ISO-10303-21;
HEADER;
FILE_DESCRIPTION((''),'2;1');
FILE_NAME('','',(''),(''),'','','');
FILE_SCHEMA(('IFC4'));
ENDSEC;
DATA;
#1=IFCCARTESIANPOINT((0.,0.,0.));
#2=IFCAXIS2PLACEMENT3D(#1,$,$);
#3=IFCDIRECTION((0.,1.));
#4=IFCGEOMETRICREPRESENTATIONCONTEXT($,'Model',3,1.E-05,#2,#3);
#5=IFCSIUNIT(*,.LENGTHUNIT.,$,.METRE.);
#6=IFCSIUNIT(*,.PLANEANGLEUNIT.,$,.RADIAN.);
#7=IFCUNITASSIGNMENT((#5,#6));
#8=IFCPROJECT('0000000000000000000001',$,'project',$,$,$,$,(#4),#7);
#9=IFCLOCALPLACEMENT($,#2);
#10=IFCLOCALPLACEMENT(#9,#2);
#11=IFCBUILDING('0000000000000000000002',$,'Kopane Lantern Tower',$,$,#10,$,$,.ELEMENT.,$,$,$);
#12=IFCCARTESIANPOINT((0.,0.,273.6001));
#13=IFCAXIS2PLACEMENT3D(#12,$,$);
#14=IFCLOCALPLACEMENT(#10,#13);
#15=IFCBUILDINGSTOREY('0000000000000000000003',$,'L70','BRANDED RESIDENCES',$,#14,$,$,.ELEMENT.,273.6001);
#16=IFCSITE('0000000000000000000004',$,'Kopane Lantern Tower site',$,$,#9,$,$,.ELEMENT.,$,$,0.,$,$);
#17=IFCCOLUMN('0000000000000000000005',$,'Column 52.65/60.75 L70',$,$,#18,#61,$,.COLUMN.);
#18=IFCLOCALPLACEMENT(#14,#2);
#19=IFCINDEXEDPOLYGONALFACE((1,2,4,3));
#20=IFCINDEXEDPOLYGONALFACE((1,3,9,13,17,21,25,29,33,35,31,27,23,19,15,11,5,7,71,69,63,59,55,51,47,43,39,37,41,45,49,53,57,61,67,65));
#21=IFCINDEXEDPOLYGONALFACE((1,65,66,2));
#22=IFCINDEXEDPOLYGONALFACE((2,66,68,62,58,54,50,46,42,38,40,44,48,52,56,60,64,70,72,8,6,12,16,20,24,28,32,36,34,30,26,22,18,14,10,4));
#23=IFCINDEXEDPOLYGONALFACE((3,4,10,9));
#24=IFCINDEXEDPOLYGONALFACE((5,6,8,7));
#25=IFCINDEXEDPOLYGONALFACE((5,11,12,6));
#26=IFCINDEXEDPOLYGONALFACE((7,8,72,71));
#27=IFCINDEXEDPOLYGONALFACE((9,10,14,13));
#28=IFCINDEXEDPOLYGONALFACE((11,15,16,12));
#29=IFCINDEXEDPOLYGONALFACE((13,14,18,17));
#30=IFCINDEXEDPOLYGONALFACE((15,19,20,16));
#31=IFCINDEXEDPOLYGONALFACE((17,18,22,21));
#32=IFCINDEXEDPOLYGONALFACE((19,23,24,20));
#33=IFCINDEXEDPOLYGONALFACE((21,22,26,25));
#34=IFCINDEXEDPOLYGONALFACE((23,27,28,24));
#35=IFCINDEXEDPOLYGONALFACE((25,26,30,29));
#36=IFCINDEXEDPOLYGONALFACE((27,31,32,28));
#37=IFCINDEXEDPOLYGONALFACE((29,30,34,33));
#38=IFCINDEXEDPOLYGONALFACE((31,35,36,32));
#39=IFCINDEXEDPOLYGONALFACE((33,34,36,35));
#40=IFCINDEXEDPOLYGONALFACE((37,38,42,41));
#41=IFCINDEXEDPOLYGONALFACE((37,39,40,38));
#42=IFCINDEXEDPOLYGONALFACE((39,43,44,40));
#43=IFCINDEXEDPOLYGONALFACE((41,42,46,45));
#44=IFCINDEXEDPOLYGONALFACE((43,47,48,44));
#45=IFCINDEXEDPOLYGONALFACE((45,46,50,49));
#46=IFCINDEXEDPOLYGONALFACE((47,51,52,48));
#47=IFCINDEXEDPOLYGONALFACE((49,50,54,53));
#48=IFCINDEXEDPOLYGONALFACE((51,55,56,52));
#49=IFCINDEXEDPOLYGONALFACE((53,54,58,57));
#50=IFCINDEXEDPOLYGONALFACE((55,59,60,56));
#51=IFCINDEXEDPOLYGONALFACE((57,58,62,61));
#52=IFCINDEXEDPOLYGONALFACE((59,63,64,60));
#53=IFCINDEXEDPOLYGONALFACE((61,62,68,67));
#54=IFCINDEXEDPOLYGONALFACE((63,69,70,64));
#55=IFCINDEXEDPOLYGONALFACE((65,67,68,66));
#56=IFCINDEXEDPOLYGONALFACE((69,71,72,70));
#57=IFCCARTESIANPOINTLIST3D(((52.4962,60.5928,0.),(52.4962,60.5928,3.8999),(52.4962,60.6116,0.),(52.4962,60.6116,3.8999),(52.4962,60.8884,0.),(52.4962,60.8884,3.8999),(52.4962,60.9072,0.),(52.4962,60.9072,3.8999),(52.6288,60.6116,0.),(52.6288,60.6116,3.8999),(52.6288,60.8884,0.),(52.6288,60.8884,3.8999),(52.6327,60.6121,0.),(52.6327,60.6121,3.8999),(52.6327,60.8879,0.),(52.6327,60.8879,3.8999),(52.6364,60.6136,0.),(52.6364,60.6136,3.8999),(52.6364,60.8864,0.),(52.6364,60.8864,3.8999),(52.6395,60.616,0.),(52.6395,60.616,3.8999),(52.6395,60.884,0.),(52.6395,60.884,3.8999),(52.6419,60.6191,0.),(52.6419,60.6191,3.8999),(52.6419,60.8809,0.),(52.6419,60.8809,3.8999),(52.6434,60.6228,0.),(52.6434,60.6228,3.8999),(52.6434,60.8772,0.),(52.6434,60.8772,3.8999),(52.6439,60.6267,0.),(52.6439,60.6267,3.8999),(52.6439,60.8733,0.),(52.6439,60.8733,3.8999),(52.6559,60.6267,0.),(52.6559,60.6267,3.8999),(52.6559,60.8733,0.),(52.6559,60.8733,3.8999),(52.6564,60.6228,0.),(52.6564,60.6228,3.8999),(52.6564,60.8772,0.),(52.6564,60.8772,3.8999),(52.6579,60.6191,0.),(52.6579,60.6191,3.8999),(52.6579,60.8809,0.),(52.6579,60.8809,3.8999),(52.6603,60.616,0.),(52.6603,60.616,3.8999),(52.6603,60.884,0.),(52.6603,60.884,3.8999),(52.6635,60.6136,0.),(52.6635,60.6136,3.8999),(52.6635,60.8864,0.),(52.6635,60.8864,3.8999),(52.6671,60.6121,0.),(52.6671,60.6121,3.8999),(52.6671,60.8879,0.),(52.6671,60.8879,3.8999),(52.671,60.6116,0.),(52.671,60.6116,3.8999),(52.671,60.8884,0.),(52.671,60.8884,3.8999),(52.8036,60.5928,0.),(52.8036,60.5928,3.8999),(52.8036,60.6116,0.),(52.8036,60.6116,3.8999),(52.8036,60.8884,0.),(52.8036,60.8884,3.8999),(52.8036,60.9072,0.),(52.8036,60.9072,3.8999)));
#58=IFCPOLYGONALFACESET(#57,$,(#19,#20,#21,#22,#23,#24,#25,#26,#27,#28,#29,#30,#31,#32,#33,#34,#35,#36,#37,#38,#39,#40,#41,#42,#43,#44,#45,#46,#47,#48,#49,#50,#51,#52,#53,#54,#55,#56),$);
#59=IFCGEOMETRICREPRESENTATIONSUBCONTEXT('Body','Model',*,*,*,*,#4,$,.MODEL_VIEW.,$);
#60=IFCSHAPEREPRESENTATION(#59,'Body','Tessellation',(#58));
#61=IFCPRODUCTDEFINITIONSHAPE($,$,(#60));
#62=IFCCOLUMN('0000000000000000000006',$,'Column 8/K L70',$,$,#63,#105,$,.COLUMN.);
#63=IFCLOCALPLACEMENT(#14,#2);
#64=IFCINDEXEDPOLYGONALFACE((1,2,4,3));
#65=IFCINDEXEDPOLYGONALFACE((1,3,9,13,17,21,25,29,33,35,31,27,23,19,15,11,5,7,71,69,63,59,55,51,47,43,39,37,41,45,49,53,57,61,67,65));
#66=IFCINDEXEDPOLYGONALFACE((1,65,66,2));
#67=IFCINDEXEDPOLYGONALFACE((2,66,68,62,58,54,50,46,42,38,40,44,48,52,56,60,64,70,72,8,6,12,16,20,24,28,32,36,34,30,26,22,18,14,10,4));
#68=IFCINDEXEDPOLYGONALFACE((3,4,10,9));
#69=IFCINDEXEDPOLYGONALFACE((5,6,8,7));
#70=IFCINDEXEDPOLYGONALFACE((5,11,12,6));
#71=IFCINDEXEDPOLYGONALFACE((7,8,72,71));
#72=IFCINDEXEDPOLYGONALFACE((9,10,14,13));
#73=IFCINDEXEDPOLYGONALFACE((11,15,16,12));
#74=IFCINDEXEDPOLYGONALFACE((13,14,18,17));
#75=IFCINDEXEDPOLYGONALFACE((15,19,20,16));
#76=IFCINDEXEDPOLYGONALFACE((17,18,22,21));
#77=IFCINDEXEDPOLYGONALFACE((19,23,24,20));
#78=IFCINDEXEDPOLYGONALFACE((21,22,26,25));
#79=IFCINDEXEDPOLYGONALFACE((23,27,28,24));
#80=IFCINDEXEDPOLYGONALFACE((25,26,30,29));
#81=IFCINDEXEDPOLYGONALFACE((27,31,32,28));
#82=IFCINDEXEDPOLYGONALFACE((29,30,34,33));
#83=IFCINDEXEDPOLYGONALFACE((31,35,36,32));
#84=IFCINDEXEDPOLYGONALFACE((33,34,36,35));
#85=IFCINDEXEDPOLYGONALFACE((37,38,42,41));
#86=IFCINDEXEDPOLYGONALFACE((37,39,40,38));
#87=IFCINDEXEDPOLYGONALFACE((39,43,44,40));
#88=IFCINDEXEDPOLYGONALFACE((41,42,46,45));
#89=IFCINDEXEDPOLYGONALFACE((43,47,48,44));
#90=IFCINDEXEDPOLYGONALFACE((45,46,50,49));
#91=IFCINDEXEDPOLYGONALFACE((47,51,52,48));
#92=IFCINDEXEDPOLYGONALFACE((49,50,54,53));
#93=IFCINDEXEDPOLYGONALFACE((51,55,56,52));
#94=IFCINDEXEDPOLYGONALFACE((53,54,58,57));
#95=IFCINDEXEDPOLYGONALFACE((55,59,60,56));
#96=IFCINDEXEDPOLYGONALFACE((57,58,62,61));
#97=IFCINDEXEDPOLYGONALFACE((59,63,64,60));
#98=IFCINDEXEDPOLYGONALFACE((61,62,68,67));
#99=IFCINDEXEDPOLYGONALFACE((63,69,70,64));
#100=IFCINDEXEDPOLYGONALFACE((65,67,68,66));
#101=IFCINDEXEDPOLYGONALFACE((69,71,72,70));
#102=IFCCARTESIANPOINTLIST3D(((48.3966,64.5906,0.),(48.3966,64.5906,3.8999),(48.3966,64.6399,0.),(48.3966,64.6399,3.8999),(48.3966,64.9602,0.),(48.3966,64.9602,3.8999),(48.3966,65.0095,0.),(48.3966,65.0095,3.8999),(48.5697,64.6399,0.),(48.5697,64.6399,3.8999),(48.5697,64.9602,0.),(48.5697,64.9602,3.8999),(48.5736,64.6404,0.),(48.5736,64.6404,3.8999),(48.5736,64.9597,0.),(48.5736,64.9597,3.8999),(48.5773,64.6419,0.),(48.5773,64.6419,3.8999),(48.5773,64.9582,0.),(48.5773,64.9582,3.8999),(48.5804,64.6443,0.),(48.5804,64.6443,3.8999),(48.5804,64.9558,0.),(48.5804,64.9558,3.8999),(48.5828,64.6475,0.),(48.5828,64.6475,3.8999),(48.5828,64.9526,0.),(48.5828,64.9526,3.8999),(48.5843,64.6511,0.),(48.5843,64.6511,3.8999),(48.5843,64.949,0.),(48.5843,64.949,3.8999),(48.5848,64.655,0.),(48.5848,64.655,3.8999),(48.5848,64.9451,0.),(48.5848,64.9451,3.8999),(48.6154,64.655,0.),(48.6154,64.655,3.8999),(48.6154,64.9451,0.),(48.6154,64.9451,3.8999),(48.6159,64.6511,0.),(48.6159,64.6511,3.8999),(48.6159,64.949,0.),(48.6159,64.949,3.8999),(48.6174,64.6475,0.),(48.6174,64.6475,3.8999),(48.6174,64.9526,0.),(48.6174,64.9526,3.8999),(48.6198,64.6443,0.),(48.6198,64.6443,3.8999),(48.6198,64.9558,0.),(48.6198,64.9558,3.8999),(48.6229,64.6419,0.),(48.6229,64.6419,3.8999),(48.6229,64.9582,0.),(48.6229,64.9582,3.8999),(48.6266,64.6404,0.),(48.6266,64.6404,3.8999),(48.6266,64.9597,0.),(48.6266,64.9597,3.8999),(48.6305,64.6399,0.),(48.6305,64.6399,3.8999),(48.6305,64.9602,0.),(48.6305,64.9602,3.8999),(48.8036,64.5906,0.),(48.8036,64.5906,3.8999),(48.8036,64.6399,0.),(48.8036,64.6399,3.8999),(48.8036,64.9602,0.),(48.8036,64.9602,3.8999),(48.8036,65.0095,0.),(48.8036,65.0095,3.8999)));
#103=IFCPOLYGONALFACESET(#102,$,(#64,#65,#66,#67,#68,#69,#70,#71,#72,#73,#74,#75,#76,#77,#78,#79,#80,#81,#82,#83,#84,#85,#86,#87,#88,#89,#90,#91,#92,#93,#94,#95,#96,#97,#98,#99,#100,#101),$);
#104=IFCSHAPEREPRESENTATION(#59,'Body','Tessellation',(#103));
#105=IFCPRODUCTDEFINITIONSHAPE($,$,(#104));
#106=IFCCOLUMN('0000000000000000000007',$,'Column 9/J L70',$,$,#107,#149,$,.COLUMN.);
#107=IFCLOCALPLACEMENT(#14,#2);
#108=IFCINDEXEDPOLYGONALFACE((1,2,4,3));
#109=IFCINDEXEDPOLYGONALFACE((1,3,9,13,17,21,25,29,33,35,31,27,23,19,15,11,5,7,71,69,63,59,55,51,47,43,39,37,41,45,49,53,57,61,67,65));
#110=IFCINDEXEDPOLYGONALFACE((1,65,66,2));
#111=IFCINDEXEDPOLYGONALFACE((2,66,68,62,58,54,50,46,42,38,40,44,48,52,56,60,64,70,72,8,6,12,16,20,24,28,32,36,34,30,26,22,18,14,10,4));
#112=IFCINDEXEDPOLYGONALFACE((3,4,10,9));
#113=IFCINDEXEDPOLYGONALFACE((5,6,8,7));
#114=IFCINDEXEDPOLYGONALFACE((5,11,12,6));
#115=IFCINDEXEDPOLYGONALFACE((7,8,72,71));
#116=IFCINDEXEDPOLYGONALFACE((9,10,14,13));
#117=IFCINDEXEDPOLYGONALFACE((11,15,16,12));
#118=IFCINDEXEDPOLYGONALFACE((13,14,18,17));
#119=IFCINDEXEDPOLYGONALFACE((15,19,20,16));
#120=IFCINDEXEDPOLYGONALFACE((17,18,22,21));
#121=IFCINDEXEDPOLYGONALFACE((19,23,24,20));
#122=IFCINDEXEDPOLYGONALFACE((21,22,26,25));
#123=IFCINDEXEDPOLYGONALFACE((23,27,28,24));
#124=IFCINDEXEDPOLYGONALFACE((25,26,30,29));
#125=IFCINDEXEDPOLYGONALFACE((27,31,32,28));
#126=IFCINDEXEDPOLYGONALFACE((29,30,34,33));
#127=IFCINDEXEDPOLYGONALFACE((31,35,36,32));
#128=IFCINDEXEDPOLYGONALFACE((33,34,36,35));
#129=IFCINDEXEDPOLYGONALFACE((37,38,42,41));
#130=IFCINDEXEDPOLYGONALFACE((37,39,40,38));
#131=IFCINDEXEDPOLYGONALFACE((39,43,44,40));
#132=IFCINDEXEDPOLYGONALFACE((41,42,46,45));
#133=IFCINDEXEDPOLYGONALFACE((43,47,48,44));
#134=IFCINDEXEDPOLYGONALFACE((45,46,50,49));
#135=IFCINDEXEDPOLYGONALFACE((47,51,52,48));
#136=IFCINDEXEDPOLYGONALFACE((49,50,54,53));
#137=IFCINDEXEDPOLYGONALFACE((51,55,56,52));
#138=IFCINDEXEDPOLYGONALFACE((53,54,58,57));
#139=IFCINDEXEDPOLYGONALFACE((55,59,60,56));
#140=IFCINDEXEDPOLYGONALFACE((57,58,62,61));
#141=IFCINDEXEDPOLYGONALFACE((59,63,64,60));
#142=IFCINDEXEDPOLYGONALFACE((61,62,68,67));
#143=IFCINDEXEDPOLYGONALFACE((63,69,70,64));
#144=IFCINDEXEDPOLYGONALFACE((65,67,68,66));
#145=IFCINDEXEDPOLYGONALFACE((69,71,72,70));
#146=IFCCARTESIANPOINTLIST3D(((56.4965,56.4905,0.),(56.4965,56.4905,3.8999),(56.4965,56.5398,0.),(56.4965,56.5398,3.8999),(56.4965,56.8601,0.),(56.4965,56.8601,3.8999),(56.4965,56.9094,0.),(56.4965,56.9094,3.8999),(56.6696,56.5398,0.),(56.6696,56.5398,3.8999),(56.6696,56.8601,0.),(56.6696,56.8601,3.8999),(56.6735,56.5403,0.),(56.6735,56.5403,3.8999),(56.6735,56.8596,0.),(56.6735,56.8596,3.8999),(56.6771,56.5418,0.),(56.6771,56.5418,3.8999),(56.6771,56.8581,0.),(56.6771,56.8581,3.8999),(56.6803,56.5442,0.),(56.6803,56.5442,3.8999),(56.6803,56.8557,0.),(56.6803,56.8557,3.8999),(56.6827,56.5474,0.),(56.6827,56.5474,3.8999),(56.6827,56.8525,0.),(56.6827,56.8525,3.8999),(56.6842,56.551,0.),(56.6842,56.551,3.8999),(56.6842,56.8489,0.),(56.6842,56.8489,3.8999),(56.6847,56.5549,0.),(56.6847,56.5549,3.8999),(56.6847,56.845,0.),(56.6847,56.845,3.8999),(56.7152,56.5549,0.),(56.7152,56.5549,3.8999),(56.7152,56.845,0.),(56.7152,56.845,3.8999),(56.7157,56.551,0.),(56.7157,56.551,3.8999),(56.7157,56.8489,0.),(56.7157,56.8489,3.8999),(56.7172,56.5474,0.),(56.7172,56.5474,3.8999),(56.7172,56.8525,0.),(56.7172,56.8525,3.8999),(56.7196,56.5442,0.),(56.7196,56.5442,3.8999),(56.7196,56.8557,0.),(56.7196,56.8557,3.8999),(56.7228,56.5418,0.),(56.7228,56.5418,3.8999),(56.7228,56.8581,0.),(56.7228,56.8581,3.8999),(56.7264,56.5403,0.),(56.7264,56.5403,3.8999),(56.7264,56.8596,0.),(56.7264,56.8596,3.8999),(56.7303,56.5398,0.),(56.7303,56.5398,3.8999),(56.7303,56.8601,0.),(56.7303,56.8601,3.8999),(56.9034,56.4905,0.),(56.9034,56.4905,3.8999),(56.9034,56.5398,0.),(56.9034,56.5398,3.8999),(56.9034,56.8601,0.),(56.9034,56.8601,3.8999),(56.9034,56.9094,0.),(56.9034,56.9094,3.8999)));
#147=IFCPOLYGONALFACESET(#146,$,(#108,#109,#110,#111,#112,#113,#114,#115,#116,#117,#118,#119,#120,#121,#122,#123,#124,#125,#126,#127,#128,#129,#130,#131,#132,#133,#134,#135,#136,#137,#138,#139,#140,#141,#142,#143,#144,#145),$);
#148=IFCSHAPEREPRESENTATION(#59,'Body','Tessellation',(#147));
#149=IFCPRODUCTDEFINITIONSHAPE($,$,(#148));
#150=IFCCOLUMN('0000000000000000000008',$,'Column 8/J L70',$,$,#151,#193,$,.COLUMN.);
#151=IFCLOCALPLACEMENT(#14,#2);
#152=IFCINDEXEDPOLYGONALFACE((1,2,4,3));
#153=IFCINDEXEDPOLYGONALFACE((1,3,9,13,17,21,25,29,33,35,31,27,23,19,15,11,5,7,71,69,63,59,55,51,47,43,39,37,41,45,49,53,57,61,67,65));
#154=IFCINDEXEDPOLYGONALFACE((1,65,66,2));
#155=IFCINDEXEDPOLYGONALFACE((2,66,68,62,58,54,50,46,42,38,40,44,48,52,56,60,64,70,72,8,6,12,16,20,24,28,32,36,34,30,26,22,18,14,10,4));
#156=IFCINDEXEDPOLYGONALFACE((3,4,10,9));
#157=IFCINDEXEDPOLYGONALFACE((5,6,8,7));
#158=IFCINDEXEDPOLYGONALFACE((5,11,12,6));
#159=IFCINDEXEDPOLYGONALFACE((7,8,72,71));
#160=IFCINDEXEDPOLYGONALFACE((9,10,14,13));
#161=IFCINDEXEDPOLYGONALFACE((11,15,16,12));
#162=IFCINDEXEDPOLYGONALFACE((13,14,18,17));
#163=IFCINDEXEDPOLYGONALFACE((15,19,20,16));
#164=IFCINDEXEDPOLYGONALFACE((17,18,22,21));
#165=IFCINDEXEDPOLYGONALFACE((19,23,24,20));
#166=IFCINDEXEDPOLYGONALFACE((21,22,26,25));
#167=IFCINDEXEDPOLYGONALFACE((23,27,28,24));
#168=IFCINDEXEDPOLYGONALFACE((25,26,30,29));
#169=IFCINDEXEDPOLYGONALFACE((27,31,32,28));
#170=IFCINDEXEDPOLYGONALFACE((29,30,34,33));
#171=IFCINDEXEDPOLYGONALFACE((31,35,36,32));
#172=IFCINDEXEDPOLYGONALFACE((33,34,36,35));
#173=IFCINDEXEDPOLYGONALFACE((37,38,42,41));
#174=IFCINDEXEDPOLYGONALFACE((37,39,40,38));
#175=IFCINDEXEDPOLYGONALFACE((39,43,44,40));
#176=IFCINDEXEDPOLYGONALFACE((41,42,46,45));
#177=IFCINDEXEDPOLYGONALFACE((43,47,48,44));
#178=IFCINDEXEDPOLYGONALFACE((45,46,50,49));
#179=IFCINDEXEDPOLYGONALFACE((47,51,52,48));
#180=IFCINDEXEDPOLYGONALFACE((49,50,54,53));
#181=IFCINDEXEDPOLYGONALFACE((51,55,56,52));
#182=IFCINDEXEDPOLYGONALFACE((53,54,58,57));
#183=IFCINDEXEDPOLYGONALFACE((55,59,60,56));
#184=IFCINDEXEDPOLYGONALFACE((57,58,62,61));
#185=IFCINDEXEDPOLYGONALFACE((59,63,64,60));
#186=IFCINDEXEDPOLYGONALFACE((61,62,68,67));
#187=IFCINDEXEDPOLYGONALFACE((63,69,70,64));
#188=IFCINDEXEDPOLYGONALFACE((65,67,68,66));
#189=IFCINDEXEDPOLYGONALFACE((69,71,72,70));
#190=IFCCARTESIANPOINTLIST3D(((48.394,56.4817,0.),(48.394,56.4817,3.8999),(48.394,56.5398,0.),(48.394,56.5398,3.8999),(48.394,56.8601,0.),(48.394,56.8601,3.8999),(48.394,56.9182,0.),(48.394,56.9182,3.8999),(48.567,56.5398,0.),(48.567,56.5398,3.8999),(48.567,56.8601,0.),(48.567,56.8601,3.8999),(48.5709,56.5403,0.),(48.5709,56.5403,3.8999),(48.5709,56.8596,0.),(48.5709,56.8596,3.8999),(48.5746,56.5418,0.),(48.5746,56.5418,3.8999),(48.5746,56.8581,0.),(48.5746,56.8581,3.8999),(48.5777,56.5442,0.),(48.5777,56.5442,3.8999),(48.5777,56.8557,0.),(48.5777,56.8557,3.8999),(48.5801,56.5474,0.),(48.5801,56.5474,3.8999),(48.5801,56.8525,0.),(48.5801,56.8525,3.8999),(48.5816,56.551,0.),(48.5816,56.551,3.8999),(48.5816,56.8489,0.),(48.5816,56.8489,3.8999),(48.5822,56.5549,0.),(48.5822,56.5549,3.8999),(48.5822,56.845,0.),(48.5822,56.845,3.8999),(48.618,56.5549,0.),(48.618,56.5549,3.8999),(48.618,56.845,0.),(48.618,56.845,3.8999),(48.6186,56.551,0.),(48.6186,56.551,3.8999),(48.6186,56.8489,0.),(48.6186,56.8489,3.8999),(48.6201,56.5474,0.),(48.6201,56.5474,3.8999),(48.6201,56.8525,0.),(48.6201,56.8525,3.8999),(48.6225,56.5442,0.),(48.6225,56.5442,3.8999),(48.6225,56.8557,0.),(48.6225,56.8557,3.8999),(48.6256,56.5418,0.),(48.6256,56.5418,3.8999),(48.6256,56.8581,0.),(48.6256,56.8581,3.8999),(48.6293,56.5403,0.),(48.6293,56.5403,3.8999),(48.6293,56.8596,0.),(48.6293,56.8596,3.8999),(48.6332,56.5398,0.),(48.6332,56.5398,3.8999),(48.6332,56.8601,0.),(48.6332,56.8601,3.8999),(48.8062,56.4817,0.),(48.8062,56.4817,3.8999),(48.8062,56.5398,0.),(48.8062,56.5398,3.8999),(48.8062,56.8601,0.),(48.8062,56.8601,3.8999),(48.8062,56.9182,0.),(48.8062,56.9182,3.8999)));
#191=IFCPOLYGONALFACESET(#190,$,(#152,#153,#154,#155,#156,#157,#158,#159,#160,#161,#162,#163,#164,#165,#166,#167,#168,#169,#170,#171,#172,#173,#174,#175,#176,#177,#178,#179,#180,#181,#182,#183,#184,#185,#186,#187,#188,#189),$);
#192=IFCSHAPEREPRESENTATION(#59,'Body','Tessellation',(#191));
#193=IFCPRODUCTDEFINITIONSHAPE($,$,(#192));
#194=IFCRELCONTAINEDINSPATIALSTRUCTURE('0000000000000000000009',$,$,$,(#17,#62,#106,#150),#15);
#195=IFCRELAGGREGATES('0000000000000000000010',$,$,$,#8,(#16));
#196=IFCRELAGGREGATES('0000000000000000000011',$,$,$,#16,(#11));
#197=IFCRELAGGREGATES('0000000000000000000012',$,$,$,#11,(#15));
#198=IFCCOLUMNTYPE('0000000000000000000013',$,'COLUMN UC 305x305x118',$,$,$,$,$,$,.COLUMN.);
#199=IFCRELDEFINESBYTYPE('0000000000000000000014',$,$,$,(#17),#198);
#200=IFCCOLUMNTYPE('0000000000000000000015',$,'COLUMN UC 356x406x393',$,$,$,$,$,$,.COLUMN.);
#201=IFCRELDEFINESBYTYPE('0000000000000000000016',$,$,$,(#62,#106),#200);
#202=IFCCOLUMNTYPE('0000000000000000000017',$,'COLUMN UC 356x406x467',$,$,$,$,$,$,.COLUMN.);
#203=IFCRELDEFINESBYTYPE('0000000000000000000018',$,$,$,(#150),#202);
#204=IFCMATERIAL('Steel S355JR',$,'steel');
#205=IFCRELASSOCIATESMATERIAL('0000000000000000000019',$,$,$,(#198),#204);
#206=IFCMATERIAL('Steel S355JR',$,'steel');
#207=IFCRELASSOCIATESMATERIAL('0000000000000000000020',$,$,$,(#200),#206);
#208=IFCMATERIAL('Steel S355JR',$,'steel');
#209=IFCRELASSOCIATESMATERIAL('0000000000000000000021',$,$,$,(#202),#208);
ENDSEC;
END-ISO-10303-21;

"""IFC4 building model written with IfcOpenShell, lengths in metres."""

from ifc_helpers import new_model, si_unit, direction, frame, origin, origin_2d, place, context, subcontext, project, spatial, i_section, extrude, material, material_profile, profile_set, type_object, element, save


model = new_model("IFC4")

# Units and contexts
model_context = context("Model", 3, precision=1e-05, world=origin(), true_north=direction((0.0, 1.0)))
body_context = subcontext(model_context, "Body", "Model", "MODEL_VIEW")
ifc_project = project(units=[si_unit("LENGTHUNIT", "METRE"), si_unit("PLANEANGLEUNIT", "RADIAN")], contexts=[model_context])

# Site, building, storey
site_placement = place(None, origin())
site = spatial("IfcSite", under=ifc_project, at=site_placement, Name="Kopane Lantern Tower site", CompositionType="ELEMENT", RefElevation=0.0)
building_placement = place(site_placement, origin())
building = spatial("IfcBuilding", under=site, at=building_placement, Name="Kopane Lantern Tower", CompositionType="ELEMENT")
storey_placement = place(building_placement, frame((0.0, 0.0, 273.6001)))
storey = spatial("IfcBuildingStorey", under=building, at=storey_placement, Name="L70", Description="BRANDED RESIDENCES", CompositionType="ELEMENT", Elevation=273.6001)

# Columns
ifc_material_1 = material(Name="Steel S355JR", Category="steel")
ifc_material_profile_1 = material_profile(ifc_material_1, i_section(OverallWidth=0.3074, OverallDepth=0.3145, WebThickness=0.012, FlangeThickness=0.0188, FilletRadius=0.0151, at=origin_2d()), Name="UC 305x305x118")
ifc_profile_set_1 = profile_set([ifc_material_profile_1], Name="Steel S355JR")
column_type_1 = type_object("IfcColumnType", Name="COLUMN UC 305x305x118", PredefinedType="COLUMN", material=ifc_profile_set_1)
column_1_placement = place(storey_placement, frame((52.6499, 60.75, 0.0), z_axis=(0.0, 0.0, 1.0), x_axis=(1.0, 0.0, 0.0)))
element("IfcColumn", 1, at=column_1_placement, inside=storey, type_object=column_type_1, Name="Column 52.65/60.75 L70", PredefinedType="COLUMN", context=body_context, shape_type="SweptSolid", body=[
    extrude(i_section(OverallWidth=0.3074, OverallDepth=0.3145, WebThickness=0.012, FlangeThickness=0.0188, FilletRadius=0.0151, at=origin_2d()), origin(), (0.0, 0.0, 1.0), 3.8999),
])
ifc_material_2 = material(Name="Steel S355JR", Category="steel")
ifc_material_profile_2 = material_profile(ifc_material_2, i_section(OverallWidth=0.407, OverallDepth=0.4189, WebThickness=0.0305, FlangeThickness=0.0493, FilletRadius=0.0151, at=origin_2d()), Name="UC 356x406x393")
ifc_profile_set_2 = profile_set([ifc_material_profile_2], Name="Steel S355JR")
column_type_2 = type_object("IfcColumnType", Name="COLUMN UC 356x406x393", PredefinedType="COLUMN", material=ifc_profile_set_2)
for number, where, z_axis, x_axis, name in (
    (2, (48.6001, 64.8, 0.0), (0.0, 0.0, 1.0), (1.0, 0.0, 0.0), "Column 8/K L70"),
    (3, (56.7, 56.7, 0.0), (0.0, 0.0, 1.0), (1.0, 0.0, 0.0), "Column 9/J L70"),
):
    element("IfcColumn", number, at=place(storey_placement, frame(where, z_axis=z_axis, x_axis=x_axis)), inside=storey, type_object=column_type_2, Name=name, PredefinedType="COLUMN", context=body_context, shape_type="SweptSolid", body=[
        extrude(i_section(OverallWidth=0.407, OverallDepth=0.4189, WebThickness=0.0305, FlangeThickness=0.0493, FilletRadius=0.0151, at=origin_2d()), origin(), (0.0, 0.0, 1.0), 3.8999),
    ])
ifc_material_3 = material(Name="Steel S355JR", Category="steel")
ifc_material_profile_3 = material_profile(ifc_material_3, i_section(OverallWidth=0.4121, OverallDepth=0.4365, WebThickness=0.0359, FlangeThickness=0.0581, FilletRadius=0.0151, at=origin_2d()), Name="UC 356x406x467")
ifc_profile_set_3 = profile_set([ifc_material_profile_3], Name="Steel S355JR")
column_type_3 = type_object("IfcColumnType", Name="COLUMN UC 356x406x467", PredefinedType="COLUMN", material=ifc_profile_set_3)
column_2_placement = place(storey_placement, frame((48.6001, 56.7, 0.0), z_axis=(0.0, 0.0, 1.0), x_axis=(1.0, 0.0, 0.0)))
element("IfcColumn", 4, at=column_2_placement, inside=storey, type_object=column_type_3, Name="Column 8/J L70", PredefinedType="COLUMN", context=body_context, shape_type="SweptSolid", body=[
    extrude(i_section(OverallWidth=0.4121, OverallDepth=0.4365, WebThickness=0.0359, FlangeThickness=0.0581, FilletRadius=0.0151, at=origin_2d()), origin(), (0.0, 0.0, 1.0), 3.8999),
])

save(model, "model.ifc")
